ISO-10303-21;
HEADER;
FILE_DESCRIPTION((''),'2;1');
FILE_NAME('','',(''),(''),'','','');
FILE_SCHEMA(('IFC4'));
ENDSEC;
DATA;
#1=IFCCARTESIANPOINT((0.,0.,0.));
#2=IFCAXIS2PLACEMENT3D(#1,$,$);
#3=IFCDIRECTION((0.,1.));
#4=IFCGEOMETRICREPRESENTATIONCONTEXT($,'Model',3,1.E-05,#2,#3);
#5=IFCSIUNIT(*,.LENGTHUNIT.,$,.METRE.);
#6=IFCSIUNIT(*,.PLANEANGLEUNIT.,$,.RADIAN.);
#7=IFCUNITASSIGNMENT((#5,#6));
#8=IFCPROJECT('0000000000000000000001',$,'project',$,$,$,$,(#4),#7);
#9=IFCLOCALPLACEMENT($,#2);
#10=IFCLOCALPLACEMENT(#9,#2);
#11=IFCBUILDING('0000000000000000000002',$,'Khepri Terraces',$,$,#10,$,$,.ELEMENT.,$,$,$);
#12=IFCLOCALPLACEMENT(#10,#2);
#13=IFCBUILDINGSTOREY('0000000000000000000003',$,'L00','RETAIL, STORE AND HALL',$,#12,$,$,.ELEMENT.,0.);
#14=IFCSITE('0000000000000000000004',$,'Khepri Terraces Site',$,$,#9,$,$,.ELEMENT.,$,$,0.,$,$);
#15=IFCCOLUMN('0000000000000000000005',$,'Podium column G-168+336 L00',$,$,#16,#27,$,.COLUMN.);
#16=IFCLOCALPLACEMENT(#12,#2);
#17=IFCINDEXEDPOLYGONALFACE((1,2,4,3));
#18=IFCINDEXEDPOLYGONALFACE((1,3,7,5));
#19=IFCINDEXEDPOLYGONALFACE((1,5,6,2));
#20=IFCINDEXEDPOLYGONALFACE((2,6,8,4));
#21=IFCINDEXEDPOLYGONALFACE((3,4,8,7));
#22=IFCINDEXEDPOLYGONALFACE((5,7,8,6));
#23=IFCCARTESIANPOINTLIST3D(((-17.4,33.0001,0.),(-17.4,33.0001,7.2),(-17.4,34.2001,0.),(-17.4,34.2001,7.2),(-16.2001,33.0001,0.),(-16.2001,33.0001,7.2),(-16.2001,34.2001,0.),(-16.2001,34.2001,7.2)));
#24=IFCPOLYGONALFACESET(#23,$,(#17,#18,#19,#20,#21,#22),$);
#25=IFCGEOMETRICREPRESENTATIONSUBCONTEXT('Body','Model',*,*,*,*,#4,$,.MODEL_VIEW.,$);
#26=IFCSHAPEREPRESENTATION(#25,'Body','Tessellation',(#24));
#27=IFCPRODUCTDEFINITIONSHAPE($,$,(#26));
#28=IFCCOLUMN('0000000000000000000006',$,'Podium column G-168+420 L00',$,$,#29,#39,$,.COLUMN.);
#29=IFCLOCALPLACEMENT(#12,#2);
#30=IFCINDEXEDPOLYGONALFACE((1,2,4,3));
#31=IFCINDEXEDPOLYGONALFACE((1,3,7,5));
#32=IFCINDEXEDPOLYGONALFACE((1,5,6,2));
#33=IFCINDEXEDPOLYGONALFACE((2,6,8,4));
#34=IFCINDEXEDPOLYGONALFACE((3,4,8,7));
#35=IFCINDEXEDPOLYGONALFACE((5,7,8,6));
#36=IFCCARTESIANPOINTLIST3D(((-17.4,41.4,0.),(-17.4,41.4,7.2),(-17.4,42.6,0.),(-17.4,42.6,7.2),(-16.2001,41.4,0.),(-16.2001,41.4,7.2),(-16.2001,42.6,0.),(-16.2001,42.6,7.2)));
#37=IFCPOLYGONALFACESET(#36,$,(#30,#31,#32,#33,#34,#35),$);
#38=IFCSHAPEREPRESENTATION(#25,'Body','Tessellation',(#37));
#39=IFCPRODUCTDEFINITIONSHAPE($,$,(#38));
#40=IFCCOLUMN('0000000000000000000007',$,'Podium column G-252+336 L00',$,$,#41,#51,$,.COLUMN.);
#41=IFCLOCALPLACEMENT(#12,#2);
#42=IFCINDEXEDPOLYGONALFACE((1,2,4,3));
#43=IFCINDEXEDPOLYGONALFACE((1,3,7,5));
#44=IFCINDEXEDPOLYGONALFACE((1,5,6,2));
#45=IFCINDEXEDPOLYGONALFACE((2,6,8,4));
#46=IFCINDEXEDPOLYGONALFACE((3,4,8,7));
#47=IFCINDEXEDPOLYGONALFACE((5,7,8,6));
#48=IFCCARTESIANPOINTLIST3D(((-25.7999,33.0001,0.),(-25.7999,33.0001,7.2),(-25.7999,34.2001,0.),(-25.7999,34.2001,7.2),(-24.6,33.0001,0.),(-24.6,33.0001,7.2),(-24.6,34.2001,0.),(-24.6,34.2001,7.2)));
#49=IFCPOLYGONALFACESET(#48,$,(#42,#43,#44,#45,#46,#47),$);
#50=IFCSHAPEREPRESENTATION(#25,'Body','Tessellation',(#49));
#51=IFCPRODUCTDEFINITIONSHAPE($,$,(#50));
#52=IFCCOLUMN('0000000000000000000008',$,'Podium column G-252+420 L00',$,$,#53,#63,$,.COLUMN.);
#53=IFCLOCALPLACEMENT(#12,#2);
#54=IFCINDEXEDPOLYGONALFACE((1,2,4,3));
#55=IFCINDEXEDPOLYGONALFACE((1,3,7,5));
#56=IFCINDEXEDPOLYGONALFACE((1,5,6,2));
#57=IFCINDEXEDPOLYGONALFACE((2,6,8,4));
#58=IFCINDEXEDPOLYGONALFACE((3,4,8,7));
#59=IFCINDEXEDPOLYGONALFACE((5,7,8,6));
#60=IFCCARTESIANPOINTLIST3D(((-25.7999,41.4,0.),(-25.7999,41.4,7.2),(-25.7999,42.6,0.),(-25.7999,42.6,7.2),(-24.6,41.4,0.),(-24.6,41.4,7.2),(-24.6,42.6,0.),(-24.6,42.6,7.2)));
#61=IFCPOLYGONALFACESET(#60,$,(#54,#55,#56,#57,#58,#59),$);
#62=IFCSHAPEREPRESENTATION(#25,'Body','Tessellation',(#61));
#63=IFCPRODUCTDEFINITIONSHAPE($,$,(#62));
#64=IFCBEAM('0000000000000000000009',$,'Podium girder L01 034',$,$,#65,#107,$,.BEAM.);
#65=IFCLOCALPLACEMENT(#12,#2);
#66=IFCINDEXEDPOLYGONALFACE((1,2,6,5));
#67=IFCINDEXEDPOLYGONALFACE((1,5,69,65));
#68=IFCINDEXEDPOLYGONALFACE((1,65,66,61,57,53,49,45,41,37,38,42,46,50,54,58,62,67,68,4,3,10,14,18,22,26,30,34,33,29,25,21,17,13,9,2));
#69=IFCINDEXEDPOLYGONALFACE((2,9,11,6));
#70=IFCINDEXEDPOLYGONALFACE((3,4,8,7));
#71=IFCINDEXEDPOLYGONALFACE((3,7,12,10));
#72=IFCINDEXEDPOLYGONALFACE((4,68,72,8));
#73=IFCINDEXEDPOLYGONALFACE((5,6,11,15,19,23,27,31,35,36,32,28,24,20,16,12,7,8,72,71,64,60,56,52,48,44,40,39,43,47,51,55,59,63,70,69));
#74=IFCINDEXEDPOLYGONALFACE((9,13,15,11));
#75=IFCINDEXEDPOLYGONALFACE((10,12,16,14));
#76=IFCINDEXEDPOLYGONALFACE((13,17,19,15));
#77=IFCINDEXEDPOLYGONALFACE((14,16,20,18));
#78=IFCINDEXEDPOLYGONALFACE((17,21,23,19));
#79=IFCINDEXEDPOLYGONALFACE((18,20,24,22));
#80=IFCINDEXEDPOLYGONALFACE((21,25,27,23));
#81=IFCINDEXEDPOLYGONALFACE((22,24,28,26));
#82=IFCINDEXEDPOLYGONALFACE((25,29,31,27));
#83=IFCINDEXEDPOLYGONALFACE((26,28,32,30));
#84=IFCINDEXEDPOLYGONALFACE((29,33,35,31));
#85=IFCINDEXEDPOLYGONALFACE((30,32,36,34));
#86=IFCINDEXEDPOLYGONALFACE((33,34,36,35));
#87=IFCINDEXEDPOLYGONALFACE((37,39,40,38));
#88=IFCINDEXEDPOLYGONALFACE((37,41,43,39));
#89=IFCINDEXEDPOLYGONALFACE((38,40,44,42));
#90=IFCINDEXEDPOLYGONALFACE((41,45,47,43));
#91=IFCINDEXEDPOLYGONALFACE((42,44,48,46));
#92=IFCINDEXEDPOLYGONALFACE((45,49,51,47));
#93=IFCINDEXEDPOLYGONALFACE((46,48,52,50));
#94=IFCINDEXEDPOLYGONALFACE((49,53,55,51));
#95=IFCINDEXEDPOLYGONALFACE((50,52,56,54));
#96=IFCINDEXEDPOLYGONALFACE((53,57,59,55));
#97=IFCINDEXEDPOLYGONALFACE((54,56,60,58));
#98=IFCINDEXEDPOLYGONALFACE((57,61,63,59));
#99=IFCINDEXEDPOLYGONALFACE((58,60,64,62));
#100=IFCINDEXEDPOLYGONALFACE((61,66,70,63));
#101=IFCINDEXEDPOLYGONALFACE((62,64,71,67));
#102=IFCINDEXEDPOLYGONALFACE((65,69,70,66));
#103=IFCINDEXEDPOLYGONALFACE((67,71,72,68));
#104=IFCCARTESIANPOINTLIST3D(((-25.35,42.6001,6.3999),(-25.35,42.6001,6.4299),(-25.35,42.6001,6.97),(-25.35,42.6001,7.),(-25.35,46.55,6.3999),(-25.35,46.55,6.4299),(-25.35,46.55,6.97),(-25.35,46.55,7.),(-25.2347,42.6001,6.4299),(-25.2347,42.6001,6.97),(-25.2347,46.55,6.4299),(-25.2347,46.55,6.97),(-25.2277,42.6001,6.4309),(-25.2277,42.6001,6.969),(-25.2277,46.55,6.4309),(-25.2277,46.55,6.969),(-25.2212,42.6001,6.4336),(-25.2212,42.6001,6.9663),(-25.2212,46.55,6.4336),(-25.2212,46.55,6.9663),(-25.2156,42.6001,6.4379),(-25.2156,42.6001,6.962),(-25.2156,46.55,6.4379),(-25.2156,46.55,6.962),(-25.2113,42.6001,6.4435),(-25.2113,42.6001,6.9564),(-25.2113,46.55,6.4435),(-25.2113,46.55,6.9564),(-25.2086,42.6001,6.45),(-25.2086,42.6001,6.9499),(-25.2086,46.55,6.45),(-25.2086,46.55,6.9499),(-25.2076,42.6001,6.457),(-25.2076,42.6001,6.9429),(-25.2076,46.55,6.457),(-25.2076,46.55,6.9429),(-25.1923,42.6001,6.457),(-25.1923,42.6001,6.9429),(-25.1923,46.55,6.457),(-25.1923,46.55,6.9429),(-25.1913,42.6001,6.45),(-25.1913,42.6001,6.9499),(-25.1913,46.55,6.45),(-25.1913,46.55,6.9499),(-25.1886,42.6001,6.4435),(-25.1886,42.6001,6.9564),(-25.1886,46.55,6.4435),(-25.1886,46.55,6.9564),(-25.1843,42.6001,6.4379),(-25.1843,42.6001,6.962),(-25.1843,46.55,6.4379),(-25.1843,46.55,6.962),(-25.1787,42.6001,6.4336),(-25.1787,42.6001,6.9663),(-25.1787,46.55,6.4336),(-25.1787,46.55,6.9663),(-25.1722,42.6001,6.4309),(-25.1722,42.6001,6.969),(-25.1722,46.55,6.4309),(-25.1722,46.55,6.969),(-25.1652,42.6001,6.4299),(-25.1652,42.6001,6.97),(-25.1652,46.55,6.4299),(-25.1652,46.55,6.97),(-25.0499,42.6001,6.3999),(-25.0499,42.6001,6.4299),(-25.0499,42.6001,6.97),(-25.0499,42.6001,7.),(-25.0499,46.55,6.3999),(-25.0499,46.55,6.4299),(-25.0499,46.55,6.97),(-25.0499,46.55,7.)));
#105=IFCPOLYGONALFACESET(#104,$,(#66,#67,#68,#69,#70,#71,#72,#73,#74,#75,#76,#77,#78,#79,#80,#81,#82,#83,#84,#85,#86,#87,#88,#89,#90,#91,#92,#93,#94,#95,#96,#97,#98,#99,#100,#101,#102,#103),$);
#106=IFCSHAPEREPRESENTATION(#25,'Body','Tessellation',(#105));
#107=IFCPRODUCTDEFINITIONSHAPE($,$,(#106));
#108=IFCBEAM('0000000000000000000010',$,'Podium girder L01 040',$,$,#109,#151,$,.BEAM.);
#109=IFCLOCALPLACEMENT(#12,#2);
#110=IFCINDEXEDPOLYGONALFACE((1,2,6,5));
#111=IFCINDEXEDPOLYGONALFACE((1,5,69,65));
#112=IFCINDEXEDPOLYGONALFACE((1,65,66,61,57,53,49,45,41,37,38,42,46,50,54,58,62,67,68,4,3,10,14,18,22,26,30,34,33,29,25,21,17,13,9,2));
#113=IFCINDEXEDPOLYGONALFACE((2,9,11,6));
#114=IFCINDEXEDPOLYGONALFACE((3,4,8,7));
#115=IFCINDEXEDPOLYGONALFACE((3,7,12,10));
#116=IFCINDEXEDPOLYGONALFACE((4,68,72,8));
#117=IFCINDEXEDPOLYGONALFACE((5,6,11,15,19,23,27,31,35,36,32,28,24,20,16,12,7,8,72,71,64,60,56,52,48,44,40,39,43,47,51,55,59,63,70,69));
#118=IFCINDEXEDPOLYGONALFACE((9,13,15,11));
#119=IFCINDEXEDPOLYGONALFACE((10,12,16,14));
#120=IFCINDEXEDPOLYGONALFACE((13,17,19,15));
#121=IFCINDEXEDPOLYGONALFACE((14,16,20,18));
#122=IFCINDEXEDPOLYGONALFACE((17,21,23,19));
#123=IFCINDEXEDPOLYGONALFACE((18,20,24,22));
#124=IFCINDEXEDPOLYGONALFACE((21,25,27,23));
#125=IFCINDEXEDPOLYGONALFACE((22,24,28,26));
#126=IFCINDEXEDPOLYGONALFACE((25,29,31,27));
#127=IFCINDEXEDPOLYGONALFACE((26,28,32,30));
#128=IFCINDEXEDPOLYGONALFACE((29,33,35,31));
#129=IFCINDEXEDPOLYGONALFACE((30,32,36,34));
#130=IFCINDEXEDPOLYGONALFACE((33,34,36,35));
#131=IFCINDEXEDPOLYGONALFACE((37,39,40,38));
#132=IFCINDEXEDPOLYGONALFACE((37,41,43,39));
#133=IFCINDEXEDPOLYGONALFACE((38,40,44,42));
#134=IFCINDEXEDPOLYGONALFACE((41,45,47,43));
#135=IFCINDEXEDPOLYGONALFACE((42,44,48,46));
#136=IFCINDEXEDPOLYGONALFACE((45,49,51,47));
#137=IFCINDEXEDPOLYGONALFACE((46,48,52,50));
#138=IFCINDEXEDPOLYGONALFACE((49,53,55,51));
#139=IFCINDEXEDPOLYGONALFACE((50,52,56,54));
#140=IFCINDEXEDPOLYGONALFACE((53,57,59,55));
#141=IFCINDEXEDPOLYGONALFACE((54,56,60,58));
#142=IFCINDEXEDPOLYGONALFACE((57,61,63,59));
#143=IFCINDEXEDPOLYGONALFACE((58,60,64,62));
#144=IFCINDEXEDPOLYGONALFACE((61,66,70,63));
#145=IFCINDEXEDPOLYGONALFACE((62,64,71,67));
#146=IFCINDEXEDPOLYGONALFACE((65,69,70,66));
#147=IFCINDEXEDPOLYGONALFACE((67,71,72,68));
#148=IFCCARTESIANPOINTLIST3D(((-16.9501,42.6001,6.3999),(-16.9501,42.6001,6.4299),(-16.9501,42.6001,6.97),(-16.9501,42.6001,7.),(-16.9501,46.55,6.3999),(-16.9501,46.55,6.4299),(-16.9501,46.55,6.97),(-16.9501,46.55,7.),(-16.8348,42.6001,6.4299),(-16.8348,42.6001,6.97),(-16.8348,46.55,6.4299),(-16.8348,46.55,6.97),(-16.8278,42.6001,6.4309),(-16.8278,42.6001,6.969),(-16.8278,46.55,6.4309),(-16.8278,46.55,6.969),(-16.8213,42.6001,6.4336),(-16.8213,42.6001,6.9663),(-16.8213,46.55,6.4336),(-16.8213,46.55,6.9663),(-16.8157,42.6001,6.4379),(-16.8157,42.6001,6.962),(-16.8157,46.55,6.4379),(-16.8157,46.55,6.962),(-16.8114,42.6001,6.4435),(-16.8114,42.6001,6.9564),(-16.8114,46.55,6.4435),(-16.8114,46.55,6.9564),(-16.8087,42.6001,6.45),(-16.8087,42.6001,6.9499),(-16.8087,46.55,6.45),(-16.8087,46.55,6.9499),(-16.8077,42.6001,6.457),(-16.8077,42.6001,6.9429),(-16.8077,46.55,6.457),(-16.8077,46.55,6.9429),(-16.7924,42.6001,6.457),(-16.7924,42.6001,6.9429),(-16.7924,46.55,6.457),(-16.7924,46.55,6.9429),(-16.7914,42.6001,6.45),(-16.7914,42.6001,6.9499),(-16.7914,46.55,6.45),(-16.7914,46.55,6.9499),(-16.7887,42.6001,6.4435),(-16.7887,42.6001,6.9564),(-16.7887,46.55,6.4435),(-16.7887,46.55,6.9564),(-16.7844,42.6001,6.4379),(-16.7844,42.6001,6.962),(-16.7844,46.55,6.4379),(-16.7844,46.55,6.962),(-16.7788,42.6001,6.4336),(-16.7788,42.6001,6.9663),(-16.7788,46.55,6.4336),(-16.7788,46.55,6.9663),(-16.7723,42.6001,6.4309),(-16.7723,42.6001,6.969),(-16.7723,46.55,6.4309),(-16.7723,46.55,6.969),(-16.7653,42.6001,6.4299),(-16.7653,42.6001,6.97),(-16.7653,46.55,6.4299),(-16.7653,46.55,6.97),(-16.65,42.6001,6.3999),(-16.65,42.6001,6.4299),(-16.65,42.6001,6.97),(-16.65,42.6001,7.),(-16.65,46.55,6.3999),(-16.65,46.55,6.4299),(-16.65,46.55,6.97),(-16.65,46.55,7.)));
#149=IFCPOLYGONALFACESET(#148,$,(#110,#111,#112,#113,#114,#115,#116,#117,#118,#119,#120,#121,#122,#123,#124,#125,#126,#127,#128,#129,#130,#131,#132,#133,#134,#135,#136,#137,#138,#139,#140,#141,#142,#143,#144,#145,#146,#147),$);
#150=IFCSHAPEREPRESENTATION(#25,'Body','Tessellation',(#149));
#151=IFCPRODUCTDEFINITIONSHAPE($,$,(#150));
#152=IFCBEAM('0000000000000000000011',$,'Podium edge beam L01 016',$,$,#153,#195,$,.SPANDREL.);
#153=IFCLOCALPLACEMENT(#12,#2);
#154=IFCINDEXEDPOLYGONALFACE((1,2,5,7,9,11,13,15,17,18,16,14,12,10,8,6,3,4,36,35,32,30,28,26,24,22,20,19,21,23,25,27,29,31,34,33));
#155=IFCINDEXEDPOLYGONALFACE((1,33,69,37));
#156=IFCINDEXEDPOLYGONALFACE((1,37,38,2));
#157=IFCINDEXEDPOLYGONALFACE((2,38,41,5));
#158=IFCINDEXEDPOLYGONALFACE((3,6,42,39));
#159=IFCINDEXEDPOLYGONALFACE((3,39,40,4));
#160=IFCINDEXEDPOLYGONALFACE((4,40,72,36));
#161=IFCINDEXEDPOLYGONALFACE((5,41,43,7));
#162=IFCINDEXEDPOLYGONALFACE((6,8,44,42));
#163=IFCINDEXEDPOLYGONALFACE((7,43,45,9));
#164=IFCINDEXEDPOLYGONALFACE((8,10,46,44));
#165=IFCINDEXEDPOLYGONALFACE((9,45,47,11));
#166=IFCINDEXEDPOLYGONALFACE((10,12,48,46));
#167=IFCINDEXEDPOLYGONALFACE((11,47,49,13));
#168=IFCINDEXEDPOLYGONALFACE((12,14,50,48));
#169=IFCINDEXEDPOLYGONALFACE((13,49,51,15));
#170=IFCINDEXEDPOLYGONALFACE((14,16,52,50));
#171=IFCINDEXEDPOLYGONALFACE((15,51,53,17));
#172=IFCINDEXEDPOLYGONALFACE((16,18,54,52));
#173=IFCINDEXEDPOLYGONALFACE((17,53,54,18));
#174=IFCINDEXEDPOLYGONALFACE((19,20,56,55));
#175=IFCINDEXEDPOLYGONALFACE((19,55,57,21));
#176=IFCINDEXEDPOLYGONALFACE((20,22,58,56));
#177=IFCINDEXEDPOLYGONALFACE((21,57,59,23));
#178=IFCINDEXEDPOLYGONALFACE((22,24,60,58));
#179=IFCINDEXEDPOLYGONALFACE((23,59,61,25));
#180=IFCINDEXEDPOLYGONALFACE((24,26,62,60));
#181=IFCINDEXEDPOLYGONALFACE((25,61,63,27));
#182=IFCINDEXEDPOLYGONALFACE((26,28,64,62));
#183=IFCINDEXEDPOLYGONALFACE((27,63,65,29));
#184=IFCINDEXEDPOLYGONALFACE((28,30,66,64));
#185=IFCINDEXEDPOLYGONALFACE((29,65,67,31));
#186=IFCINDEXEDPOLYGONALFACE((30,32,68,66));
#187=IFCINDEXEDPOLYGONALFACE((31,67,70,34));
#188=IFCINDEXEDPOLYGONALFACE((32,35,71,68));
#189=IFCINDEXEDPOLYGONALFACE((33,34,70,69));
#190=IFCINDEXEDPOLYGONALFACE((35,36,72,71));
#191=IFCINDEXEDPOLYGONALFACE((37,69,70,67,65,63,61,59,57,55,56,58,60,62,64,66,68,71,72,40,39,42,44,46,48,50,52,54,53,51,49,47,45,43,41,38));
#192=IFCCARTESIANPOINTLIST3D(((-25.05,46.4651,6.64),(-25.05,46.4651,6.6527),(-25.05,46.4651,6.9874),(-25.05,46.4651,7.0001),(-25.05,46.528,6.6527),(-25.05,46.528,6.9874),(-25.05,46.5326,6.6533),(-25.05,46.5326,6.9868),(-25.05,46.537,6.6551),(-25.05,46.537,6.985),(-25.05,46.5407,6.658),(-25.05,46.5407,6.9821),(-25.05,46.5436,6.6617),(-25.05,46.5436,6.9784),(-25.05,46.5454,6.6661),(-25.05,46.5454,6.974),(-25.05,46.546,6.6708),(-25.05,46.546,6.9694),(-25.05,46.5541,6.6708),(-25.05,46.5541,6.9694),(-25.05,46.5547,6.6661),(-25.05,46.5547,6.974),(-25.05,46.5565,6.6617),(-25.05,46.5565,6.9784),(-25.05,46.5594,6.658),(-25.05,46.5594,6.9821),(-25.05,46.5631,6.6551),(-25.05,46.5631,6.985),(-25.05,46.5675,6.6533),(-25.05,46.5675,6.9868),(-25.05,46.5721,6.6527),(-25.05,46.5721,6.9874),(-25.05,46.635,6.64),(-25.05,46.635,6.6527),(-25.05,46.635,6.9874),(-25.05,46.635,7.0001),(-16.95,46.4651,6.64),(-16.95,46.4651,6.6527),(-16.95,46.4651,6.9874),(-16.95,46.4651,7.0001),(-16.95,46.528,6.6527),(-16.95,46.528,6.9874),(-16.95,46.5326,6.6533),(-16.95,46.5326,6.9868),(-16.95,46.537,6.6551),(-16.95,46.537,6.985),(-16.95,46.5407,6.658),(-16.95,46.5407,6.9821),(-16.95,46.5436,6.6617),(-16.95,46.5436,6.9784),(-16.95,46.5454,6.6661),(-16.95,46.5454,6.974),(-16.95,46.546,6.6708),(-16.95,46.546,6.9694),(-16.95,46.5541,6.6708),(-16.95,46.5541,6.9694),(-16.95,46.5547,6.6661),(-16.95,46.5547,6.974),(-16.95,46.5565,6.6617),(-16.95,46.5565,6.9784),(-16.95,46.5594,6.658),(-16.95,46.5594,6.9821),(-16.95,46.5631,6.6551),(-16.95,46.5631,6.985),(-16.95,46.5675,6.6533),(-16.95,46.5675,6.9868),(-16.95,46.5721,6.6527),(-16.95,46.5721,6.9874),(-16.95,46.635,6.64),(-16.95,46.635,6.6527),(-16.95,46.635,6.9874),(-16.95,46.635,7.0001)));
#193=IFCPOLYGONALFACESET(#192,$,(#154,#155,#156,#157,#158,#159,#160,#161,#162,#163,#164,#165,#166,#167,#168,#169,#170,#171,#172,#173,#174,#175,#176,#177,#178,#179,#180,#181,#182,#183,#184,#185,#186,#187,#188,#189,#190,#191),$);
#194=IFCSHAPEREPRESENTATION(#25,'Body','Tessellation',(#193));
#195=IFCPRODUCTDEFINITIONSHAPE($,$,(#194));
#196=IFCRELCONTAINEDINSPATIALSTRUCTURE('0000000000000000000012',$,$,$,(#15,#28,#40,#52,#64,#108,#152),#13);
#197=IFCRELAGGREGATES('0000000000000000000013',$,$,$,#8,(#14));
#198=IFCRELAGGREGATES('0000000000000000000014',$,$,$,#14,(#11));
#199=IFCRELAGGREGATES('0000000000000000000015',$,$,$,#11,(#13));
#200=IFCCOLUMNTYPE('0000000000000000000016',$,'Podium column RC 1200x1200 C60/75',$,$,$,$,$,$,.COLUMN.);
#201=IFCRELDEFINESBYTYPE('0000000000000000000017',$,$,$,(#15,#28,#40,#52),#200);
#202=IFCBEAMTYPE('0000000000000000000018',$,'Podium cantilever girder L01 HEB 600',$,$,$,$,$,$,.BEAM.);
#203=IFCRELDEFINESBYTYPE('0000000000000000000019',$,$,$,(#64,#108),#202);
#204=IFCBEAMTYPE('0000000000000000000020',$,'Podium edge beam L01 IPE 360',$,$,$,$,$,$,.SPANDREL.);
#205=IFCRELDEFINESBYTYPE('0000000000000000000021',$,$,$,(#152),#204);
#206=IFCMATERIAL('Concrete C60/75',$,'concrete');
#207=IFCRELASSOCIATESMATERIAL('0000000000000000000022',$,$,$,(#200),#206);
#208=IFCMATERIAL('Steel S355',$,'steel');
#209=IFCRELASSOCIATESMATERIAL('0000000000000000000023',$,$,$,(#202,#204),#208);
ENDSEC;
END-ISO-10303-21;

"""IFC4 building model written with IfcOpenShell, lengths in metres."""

from ifc_helpers import new_model, si_unit, direction, frame, origin, origin_2d, place, context, subcontext, project, spatial, rectangle, i_section, extrude, material, material_profile, profile_set, type_object, element, save


model = new_model("IFC4")

# Units and contexts
model_context = context("Model", 3, precision=1e-05, world=origin(), true_north=direction((0.0, 1.0)))
body_context = subcontext(model_context, "Body", "Model", "MODEL_VIEW")
ifc_project = project(units=[si_unit("LENGTHUNIT", "METRE"), si_unit("PLANEANGLEUNIT", "RADIAN")], contexts=[model_context])

# Site, building, storey
site_placement = place(None, origin())
site = spatial("IfcSite", under=ifc_project, at=site_placement, Name="Khepri Terraces Site", CompositionType="ELEMENT", RefElevation=0.0)
building_placement = place(site_placement, origin())
building = spatial("IfcBuilding", under=site, at=building_placement, Name="Khepri Terraces", CompositionType="ELEMENT")
storey_placement = place(building_placement, origin())
storey = spatial("IfcBuildingStorey", under=building, at=storey_placement, Name="L00", Description="RETAIL, STORE AND HALL", CompositionType="ELEMENT", Elevation=0.0)

# Columns
ifc_material_1 = material(Name="Concrete C60/75", Category="concrete")
ifc_material_profile_1 = material_profile(ifc_material_1, rectangle(XDim=1.2, YDim=1.2, at=origin_2d()), Name="Concrete C60/75", Category="concrete")
ifc_profile_set_1 = profile_set([ifc_material_profile_1], Name="Concrete C60/75")
column_type = type_object("IfcColumnType", Name="Podium column RC 1200x1200 C60/75", PredefinedType="COLUMN", material=ifc_profile_set_1)
for number, where, z_axis, x_axis, name in (
    (1, (-16.8, 33.6001, 0.0), (0.0, 0.0, 1.0), (1.0, 0.0, 0.0), "Podium column G-168+336 L00"),
    (2, (-16.8, 42.0, 0.0), (0.0, 0.0, 1.0), (1.0, 0.0, 0.0), "Podium column G-168+420 L00"),
    (3, (-25.2, 33.6001, 0.0), (0.0, 0.0, 1.0), (1.0, 0.0, 0.0), "Podium column G-252+336 L00"),
    (4, (-25.2, 42.0, 0.0), (0.0, 0.0, 1.0), (1.0, 0.0, 0.0), "Podium column G-252+420 L00"),
):
    element("IfcColumn", number, at=place(storey_placement, frame(where, z_axis=z_axis, x_axis=x_axis)), inside=storey, type_object=column_type, Name=name, PredefinedType="COLUMN", context=body_context, shape_type="SweptSolid", body=[
        extrude(rectangle(XDim=1.2, YDim=1.2, at=origin_2d()), origin(), (0.0, 0.0, 1.0), 7.2),
    ])

# Beams
ifc_material_2 = material(Name="Steel S355", Category="steel")
ifc_material_profile_2 = material_profile(ifc_material_2, i_section(OverallWidth=0.3, OverallDepth=0.6001, WebThickness=0.0154, FlangeThickness=0.03, FilletRadius=0.0271, at=origin_2d()), Name="Steel S355", Category="steel")
ifc_profile_set_2 = profile_set([ifc_material_profile_2], Name="Steel S355")
beam_type_1 = type_object("IfcBeamType", Name="Podium cantilever girder L01 HEB 600", PredefinedType="BEAM", material=ifc_profile_set_2)
for number, where, z_axis, x_axis, name in (
    (5, (-25.2, 42.6001, 6.7), (0.0, 1.0, 0.0), (-1.0, 0.0, 0.0), "Podium girder L01 034"),
    (6, (-16.8, 42.6001, 6.7), (0.0, 1.0, 0.0), (-1.0, 0.0, 0.0), "Podium girder L01 040"),
):
    element("IfcBeam", number, at=place(storey_placement, frame(where, z_axis=z_axis, x_axis=x_axis)), inside=storey, type_object=beam_type_1, Name=name, PredefinedType="BEAM", context=body_context, shape_type="SweptSolid", body=[
        extrude(i_section(OverallWidth=0.3, OverallDepth=0.6001, WebThickness=0.0154, FlangeThickness=0.03, FilletRadius=0.0271, at=origin_2d()), origin(), (0.0, 0.0, 1.0), 3.95),
    ])
ifc_material_profile_3 = material_profile(ifc_material_2, i_section(OverallWidth=0.1699, OverallDepth=0.3601, WebThickness=0.0081, FlangeThickness=0.0127, FilletRadius=0.0181, at=origin_2d()), Name="Steel S355", Category="steel")
ifc_profile_set_3 = profile_set([ifc_material_profile_3], Name="Steel S355")
beam_type_2 = type_object("IfcBeamType", Name="Podium edge beam L01 IPE 360", PredefinedType="SPANDREL", material=ifc_profile_set_3)
beam_1_placement = place(storey_placement, frame((-25.05, 46.55, 6.8201), z_axis=(1.0, 0.0, 0.0), x_axis=(0.0, 1.0, 0.0)))
element("IfcBeam", 7, at=beam_1_placement, inside=storey, type_object=beam_type_2, Name="Podium edge beam L01 016", PredefinedType="SPANDREL", context=body_context, shape_type="SweptSolid", body=[
    extrude(i_section(OverallWidth=0.1699, OverallDepth=0.3601, WebThickness=0.0081, FlangeThickness=0.0127, FilletRadius=0.0181, at=origin_2d()), origin(), (0.0, 0.0, 1.0), 8.1001),
])

save(model, "model.ifc")
